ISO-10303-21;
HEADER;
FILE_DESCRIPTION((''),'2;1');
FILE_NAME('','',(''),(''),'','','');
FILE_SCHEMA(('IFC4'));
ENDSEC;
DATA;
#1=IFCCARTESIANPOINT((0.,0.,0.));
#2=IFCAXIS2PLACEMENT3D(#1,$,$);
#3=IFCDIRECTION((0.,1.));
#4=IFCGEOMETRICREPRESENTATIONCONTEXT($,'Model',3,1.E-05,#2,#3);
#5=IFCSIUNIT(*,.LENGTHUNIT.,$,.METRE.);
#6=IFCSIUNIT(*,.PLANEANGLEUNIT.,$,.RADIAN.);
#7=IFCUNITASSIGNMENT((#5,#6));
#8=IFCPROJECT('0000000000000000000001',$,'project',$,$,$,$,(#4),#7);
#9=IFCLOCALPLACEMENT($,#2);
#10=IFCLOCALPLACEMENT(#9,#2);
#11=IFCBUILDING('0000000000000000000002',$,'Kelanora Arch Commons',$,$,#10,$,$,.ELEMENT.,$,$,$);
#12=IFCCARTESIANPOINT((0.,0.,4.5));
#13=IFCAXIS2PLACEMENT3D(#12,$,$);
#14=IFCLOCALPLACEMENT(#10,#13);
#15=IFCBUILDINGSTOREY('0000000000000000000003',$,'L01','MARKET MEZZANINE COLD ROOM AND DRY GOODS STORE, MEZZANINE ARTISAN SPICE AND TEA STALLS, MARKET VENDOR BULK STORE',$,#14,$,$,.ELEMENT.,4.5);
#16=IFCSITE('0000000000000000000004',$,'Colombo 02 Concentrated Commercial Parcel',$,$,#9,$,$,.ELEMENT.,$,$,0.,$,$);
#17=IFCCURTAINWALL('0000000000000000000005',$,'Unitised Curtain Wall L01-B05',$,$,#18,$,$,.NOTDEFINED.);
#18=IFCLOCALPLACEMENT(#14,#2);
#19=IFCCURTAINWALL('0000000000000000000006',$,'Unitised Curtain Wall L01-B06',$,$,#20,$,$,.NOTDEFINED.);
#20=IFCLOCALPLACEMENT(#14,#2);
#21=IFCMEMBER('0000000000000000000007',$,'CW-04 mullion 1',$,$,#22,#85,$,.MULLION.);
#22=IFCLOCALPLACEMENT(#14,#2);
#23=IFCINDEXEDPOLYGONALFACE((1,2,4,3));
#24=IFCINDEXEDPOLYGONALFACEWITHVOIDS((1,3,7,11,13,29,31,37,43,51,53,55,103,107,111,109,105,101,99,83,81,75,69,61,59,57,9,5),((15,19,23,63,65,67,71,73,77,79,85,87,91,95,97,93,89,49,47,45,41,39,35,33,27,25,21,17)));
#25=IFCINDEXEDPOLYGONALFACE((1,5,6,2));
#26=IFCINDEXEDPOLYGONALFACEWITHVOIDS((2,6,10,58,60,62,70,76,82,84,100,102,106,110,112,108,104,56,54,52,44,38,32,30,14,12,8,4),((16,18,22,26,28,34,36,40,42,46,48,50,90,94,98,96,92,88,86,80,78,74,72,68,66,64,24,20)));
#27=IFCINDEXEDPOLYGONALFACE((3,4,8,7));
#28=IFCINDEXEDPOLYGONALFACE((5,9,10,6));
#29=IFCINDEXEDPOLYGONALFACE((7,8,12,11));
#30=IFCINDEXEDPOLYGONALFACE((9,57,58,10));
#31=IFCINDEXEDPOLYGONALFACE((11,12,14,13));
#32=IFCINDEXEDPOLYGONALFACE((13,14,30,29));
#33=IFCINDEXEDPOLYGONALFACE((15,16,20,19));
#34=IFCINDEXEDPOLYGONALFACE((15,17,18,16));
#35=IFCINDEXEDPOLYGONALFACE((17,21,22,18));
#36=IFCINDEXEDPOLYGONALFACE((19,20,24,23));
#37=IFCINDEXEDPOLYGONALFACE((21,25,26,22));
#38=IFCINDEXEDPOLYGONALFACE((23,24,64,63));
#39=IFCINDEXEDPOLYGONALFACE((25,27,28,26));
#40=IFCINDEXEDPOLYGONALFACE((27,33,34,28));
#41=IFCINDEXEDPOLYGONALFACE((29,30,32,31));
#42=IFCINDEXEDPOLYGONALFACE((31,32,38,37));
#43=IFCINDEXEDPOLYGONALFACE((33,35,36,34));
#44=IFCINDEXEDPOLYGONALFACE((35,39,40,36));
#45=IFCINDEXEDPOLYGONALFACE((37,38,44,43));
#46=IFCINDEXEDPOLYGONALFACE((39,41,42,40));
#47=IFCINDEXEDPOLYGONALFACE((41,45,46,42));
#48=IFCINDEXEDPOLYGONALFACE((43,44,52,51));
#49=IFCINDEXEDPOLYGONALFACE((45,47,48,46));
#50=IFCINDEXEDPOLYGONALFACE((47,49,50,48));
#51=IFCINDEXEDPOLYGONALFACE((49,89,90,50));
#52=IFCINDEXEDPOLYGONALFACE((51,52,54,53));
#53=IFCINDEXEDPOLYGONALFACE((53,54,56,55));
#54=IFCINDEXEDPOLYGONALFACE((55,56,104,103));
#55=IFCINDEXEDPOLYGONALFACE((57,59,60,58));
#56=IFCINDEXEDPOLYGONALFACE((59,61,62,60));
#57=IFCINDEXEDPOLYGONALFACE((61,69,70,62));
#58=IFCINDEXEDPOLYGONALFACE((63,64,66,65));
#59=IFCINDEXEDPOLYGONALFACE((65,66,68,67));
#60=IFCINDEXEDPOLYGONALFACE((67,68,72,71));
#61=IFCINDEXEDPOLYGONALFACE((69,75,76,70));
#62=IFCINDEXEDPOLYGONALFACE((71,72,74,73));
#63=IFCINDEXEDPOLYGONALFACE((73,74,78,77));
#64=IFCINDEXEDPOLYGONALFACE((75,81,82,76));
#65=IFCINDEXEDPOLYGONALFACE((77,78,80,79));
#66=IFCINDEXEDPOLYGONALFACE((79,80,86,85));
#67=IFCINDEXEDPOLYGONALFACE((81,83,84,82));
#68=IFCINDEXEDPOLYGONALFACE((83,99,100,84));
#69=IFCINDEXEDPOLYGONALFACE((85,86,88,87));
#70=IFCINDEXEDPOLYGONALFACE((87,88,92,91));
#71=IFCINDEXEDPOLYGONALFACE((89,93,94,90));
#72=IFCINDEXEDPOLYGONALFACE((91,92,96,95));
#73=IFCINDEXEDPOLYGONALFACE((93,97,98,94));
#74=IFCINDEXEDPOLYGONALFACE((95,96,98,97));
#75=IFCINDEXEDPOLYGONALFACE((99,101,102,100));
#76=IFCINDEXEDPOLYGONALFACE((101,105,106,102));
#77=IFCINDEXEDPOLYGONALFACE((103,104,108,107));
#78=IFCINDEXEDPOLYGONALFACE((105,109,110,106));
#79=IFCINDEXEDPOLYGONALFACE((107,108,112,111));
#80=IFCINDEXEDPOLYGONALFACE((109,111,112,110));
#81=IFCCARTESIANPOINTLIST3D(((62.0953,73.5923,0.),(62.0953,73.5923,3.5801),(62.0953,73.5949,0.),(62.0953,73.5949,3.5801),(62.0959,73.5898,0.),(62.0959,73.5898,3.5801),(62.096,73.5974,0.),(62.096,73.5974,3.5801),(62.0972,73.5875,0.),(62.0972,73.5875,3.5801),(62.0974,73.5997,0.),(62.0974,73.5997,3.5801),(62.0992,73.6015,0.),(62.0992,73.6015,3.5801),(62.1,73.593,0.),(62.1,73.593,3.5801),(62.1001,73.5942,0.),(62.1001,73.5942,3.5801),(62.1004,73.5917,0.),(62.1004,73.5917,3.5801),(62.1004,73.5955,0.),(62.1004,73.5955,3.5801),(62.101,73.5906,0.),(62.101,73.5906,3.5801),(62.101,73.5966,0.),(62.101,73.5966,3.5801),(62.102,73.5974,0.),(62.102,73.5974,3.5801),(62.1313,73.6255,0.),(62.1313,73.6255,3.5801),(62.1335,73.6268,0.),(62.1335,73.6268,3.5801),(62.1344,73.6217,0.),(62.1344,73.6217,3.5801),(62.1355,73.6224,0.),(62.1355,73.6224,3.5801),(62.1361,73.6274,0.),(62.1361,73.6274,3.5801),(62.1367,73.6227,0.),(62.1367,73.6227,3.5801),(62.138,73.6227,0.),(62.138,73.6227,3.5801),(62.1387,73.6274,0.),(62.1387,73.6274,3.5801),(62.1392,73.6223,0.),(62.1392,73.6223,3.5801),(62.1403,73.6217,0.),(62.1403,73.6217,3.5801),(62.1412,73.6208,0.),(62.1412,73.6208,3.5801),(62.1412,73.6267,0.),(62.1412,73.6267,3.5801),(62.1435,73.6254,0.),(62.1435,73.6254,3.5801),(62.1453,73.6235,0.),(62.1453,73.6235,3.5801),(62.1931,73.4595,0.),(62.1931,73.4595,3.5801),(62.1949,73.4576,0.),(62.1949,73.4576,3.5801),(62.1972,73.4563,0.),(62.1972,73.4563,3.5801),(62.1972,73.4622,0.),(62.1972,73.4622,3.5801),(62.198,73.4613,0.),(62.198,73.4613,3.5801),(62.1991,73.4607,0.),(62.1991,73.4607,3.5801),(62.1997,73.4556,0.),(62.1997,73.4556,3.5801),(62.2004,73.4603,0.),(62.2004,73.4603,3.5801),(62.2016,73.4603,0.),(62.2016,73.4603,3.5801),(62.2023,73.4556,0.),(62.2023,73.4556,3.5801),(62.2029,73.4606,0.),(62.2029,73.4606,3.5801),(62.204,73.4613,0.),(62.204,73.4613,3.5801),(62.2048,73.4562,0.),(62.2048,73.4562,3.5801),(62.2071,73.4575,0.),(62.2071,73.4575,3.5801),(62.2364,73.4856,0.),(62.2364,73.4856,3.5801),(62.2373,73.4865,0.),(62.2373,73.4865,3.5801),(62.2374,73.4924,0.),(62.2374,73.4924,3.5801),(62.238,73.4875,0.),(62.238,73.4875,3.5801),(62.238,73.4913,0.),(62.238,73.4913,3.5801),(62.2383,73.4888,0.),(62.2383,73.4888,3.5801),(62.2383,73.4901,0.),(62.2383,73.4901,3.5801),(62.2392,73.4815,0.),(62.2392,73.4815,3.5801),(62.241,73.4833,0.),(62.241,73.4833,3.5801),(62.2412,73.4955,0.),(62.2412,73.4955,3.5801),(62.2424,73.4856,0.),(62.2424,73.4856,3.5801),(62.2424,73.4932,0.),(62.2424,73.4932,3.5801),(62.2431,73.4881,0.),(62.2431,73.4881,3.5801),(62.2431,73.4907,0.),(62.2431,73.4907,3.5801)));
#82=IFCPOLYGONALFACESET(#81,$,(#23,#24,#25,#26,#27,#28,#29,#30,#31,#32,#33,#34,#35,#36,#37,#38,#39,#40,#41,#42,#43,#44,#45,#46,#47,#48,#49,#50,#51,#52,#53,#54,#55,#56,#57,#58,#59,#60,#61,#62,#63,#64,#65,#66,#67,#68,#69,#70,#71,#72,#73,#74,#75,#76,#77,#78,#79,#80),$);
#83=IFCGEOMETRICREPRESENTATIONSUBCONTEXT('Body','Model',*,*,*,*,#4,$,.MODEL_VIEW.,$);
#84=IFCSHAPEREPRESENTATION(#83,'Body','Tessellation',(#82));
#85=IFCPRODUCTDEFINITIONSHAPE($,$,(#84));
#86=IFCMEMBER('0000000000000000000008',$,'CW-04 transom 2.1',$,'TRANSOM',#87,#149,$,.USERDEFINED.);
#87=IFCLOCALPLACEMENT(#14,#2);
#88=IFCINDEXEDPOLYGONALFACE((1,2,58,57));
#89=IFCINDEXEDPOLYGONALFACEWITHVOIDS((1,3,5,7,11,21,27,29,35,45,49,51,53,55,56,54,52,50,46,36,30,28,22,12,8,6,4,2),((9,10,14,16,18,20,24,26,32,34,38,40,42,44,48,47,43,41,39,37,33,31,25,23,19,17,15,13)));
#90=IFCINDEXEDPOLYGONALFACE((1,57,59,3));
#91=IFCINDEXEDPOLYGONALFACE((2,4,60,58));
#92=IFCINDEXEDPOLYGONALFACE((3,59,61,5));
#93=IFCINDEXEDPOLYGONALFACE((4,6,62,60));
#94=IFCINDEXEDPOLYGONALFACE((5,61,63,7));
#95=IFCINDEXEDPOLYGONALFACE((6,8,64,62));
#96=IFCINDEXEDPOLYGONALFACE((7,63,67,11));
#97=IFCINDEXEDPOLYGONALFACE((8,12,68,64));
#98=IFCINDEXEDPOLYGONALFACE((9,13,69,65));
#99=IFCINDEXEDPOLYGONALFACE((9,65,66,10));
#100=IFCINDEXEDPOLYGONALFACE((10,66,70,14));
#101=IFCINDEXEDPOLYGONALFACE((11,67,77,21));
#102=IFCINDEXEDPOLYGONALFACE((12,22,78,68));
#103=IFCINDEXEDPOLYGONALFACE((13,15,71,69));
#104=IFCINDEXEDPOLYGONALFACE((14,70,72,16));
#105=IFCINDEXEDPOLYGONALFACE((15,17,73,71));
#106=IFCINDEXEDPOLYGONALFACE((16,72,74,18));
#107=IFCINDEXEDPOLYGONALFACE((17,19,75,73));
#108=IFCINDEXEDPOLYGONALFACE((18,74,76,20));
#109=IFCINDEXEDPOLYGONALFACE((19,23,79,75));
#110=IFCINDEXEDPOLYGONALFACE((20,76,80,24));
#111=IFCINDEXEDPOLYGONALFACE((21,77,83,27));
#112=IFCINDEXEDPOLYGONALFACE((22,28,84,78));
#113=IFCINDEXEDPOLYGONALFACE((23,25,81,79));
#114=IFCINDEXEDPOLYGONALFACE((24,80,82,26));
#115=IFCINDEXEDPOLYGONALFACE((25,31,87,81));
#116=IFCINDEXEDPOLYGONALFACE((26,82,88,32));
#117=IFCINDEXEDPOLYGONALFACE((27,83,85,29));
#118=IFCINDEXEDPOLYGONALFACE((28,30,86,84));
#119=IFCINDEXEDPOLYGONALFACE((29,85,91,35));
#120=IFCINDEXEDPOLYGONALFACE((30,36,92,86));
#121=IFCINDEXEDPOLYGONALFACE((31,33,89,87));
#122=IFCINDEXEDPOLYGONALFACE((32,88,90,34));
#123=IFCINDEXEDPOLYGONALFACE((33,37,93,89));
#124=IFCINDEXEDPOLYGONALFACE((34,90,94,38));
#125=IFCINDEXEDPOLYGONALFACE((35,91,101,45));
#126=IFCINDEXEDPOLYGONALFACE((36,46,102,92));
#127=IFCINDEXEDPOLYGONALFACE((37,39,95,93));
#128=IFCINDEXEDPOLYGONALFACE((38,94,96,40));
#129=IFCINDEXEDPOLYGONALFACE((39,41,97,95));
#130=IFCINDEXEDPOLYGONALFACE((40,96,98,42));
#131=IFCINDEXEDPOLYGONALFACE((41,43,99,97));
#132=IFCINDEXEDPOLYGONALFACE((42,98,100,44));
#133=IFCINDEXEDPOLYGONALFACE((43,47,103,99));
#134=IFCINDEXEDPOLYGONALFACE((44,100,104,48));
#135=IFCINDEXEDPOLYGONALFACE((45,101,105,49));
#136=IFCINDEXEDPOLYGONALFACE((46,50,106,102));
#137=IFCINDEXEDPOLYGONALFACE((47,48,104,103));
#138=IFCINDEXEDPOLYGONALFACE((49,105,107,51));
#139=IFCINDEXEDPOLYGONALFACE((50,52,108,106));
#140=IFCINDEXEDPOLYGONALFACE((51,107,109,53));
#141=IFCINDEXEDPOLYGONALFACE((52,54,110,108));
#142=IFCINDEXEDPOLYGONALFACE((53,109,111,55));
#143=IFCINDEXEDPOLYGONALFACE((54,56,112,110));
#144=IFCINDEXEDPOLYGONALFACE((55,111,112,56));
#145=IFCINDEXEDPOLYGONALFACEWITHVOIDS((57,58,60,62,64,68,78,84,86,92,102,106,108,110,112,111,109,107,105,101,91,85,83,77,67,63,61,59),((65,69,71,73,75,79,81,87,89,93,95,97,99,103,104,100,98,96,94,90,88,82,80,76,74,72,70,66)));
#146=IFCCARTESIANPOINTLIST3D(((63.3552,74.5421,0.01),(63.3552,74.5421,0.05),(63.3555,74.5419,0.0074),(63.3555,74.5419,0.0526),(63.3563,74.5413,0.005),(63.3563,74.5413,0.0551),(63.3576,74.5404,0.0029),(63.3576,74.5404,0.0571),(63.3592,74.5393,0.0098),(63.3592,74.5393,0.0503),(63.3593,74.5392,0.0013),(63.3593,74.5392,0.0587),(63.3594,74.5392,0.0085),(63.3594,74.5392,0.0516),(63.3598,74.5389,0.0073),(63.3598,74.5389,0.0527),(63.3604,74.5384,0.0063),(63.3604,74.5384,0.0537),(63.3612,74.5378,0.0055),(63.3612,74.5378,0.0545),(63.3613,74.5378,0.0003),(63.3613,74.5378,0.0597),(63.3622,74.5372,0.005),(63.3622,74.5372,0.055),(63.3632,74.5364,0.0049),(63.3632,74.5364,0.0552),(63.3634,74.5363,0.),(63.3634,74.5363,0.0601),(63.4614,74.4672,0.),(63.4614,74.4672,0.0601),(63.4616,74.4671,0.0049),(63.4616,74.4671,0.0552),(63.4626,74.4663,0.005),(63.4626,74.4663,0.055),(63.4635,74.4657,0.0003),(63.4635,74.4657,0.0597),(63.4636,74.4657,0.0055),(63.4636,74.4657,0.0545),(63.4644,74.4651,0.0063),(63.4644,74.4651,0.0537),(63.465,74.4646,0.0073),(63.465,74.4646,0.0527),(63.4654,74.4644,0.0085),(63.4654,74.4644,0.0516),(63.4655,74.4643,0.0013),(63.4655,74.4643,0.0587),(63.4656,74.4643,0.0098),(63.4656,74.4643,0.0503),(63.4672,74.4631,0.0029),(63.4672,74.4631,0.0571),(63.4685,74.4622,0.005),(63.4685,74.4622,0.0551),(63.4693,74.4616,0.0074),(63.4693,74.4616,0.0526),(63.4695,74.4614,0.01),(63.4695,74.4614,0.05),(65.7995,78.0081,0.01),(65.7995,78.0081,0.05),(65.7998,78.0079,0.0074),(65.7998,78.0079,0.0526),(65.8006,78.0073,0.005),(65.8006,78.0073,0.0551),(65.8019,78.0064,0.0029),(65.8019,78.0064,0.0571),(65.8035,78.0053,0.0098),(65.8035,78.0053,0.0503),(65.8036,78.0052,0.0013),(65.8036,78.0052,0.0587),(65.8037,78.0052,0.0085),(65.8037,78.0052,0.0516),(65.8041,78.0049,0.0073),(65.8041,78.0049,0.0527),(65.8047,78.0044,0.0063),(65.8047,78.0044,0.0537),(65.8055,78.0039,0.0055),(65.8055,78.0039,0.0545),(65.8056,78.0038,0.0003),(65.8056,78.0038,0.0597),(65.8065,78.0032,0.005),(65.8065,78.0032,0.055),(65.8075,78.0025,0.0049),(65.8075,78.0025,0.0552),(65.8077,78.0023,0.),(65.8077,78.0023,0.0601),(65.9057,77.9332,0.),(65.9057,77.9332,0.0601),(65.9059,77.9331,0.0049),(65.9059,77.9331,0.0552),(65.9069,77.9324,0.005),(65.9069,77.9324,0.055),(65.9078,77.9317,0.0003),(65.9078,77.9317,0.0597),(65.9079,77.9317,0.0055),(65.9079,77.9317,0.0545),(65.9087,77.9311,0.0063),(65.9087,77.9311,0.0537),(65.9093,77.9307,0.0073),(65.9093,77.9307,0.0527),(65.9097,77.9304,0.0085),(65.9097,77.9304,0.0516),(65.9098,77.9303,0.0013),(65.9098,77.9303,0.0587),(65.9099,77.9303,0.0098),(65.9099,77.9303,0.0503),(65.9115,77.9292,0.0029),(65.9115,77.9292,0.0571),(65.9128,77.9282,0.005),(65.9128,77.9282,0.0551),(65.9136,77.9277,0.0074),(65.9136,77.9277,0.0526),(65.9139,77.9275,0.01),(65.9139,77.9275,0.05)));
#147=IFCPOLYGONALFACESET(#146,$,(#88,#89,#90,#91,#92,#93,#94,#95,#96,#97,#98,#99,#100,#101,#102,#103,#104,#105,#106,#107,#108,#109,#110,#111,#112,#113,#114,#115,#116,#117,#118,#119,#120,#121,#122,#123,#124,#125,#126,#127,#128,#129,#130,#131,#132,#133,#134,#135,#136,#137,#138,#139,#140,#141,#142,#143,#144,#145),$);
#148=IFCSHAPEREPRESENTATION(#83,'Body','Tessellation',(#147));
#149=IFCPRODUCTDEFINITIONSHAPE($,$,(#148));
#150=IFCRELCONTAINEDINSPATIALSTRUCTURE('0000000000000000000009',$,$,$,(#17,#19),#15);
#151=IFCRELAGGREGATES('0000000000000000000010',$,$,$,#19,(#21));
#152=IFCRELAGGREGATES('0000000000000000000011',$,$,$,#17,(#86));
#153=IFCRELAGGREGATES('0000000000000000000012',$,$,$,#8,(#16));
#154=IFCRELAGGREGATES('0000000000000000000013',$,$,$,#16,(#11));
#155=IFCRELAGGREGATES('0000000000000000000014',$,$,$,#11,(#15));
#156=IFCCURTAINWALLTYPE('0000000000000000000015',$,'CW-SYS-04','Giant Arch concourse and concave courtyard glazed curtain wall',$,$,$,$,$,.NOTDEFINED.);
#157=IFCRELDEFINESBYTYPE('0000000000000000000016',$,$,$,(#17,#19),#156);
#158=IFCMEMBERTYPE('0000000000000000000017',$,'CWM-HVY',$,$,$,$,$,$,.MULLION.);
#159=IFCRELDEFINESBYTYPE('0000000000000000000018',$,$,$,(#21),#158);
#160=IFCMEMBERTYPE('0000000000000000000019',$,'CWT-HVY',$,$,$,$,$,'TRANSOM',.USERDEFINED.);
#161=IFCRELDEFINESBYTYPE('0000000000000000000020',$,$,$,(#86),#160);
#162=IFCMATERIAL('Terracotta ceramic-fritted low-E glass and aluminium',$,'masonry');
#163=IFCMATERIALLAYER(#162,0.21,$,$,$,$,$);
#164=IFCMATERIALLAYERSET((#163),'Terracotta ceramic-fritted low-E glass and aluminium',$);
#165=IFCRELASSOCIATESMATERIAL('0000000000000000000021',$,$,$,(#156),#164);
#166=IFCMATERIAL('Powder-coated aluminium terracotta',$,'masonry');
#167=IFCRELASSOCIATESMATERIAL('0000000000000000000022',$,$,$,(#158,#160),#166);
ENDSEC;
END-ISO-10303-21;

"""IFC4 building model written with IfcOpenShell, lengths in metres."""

from ifc_helpers import new_model, si_unit, direction, frame, origin, origin_2d, place, context, subcontext, project, spatial, hollow_rectangle, extrude, material, layer, layer_set, material_profile, profile_set, type_object, element, aggregate, save


model = new_model("IFC4")

# Units and contexts
model_context = context("Model", 3, precision=1e-05, world=origin(), true_north=direction((0.0, 1.0)))
body_context = subcontext(model_context, "Body", "Model", "MODEL_VIEW")
ifc_project = project(units=[si_unit("LENGTHUNIT", "METRE"), si_unit("PLANEANGLEUNIT", "RADIAN")], contexts=[model_context])

# Site, building, storey
site_placement = place(None, origin())
site = spatial("IfcSite", under=ifc_project, at=site_placement, Name="Colombo 02 Concentrated Commercial Parcel", CompositionType="ELEMENT", RefElevation=0.0)
building_placement = place(site_placement, origin())
building = spatial("IfcBuilding", under=site, at=building_placement, Name="Kelanora Arch Commons", CompositionType="ELEMENT")
storey_placement = place(building_placement, frame((0.0, 0.0, 4.5)))
storey = spatial("IfcBuildingStorey", under=building, at=storey_placement, Name="L01", Description="MARKET MEZZANINE COLD ROOM AND DRY GOODS STORE, MEZZANINE ARTISAN SPICE AND TEA STALLS, MARKET VENDOR BULK STORE", CompositionType="ELEMENT", Elevation=4.5)

# Curtain wall
ifc_material_1 = material(Name="Terracotta ceramic-fritted low-E glass and aluminium", Category="masonry")
ifc_layer_1 = layer(ifc_material_1, 0.21)
ifc_layer_set_1 = layer_set([ifc_layer_1], Name="Terracotta ceramic-fritted low-E glass and aluminium")
curtain_wall_type = type_object("IfcCurtainWallType", Name="CW-SYS-04", Description="Giant Arch concourse and concave courtyard glazed curtain wall", PredefinedType="NOTDEFINED", material=ifc_layer_set_1)
curtain_wall_1_placement = place(storey_placement, origin())
curtain_wall_1 = element("IfcCurtainWall", 1, at=curtain_wall_1_placement, inside=storey, type_object=curtain_wall_type, Name="Unitised Curtain Wall L01-B05", PredefinedType="NOTDEFINED")
ifc_material_2 = material(Name="Powder-coated aluminium terracotta", Category="masonry")
ifc_material_profile_1 = material_profile(ifc_material_2, hollow_rectangle(XDim=0.1799, YDim=0.0601, WallThickness=0.0049, InnerFilletRadius=0.0049, OuterFilletRadius=0.01, at=origin_2d()), Name="CWM180x60")
ifc_profile_set_1 = profile_set([ifc_material_profile_1], Name="Powder-coated aluminium terracotta")
member_type_1 = type_object("IfcMemberType", Name="CWM-HVY", PredefinedType="MULLION", material=ifc_profile_set_1)

# Curtain wall, member
curtain_wall_2_placement = place(storey_placement, origin())
curtain_wall_2 = element("IfcCurtainWall", 2, at=curtain_wall_2_placement, inside=storey, type_object=curtain_wall_type, Name="Unitised Curtain Wall L01-B06", PredefinedType="NOTDEFINED")
member_1_placement = place(storey_placement, frame((62.1692, 73.5415, 0.0), z_axis=(0.0, 0.0, 1.0), x_axis=(0.599588, -0.800309, 0.0)))
member_1 = element("IfcMember", 3, at=member_1_placement, type_object=member_type_1, Name="CW-04 mullion 1", PredefinedType="MULLION", context=body_context, shape_type="SweptSolid", body=[
    extrude(hollow_rectangle(XDim=0.1799, YDim=0.0601, WallThickness=0.0049, InnerFilletRadius=0.0049, OuterFilletRadius=0.01, at=origin_2d()), origin(), (0.0, 0.0, 1.0), 3.5801),
])

# Member
ifc_material_profile_2 = material_profile(ifc_material_2, hollow_rectangle(XDim=0.1399, YDim=0.0601, WallThickness=0.0049, InnerFilletRadius=0.0049, OuterFilletRadius=0.01, at=origin_2d()), Name="CWT140x60")
ifc_profile_set_2 = profile_set([ifc_material_profile_2], Name="Powder-coated aluminium terracotta")
member_type_2 = type_object("IfcMemberType", Name="CWT-HVY", ElementType="TRANSOM", PredefinedType="USERDEFINED", material=ifc_profile_set_2)
member_2_placement = place(storey_placement, frame((65.8567, 77.9678, 0.03), z_axis=(-0.576322, -0.817223, 0.0), x_axis=(0.817223, -0.576322, 0.0)))
member_2 = element("IfcMember", 4, at=member_2_placement, type_object=member_type_2, Name="CW-04 transom 2.1", ObjectType="TRANSOM", PredefinedType="USERDEFINED", context=body_context, shape_type="SweptSolid", body=[
    extrude(hollow_rectangle(XDim=0.1399, YDim=0.0601, WallThickness=0.0049, InnerFilletRadius=0.0049, OuterFilletRadius=0.01, at=origin_2d()), origin(), (0.0, 0.0, 1.0), 4.2412),
])
aggregate(curtain_wall_2, [member_1])

aggregate(curtain_wall_1, [member_2])

save(model, "model.ifc")
